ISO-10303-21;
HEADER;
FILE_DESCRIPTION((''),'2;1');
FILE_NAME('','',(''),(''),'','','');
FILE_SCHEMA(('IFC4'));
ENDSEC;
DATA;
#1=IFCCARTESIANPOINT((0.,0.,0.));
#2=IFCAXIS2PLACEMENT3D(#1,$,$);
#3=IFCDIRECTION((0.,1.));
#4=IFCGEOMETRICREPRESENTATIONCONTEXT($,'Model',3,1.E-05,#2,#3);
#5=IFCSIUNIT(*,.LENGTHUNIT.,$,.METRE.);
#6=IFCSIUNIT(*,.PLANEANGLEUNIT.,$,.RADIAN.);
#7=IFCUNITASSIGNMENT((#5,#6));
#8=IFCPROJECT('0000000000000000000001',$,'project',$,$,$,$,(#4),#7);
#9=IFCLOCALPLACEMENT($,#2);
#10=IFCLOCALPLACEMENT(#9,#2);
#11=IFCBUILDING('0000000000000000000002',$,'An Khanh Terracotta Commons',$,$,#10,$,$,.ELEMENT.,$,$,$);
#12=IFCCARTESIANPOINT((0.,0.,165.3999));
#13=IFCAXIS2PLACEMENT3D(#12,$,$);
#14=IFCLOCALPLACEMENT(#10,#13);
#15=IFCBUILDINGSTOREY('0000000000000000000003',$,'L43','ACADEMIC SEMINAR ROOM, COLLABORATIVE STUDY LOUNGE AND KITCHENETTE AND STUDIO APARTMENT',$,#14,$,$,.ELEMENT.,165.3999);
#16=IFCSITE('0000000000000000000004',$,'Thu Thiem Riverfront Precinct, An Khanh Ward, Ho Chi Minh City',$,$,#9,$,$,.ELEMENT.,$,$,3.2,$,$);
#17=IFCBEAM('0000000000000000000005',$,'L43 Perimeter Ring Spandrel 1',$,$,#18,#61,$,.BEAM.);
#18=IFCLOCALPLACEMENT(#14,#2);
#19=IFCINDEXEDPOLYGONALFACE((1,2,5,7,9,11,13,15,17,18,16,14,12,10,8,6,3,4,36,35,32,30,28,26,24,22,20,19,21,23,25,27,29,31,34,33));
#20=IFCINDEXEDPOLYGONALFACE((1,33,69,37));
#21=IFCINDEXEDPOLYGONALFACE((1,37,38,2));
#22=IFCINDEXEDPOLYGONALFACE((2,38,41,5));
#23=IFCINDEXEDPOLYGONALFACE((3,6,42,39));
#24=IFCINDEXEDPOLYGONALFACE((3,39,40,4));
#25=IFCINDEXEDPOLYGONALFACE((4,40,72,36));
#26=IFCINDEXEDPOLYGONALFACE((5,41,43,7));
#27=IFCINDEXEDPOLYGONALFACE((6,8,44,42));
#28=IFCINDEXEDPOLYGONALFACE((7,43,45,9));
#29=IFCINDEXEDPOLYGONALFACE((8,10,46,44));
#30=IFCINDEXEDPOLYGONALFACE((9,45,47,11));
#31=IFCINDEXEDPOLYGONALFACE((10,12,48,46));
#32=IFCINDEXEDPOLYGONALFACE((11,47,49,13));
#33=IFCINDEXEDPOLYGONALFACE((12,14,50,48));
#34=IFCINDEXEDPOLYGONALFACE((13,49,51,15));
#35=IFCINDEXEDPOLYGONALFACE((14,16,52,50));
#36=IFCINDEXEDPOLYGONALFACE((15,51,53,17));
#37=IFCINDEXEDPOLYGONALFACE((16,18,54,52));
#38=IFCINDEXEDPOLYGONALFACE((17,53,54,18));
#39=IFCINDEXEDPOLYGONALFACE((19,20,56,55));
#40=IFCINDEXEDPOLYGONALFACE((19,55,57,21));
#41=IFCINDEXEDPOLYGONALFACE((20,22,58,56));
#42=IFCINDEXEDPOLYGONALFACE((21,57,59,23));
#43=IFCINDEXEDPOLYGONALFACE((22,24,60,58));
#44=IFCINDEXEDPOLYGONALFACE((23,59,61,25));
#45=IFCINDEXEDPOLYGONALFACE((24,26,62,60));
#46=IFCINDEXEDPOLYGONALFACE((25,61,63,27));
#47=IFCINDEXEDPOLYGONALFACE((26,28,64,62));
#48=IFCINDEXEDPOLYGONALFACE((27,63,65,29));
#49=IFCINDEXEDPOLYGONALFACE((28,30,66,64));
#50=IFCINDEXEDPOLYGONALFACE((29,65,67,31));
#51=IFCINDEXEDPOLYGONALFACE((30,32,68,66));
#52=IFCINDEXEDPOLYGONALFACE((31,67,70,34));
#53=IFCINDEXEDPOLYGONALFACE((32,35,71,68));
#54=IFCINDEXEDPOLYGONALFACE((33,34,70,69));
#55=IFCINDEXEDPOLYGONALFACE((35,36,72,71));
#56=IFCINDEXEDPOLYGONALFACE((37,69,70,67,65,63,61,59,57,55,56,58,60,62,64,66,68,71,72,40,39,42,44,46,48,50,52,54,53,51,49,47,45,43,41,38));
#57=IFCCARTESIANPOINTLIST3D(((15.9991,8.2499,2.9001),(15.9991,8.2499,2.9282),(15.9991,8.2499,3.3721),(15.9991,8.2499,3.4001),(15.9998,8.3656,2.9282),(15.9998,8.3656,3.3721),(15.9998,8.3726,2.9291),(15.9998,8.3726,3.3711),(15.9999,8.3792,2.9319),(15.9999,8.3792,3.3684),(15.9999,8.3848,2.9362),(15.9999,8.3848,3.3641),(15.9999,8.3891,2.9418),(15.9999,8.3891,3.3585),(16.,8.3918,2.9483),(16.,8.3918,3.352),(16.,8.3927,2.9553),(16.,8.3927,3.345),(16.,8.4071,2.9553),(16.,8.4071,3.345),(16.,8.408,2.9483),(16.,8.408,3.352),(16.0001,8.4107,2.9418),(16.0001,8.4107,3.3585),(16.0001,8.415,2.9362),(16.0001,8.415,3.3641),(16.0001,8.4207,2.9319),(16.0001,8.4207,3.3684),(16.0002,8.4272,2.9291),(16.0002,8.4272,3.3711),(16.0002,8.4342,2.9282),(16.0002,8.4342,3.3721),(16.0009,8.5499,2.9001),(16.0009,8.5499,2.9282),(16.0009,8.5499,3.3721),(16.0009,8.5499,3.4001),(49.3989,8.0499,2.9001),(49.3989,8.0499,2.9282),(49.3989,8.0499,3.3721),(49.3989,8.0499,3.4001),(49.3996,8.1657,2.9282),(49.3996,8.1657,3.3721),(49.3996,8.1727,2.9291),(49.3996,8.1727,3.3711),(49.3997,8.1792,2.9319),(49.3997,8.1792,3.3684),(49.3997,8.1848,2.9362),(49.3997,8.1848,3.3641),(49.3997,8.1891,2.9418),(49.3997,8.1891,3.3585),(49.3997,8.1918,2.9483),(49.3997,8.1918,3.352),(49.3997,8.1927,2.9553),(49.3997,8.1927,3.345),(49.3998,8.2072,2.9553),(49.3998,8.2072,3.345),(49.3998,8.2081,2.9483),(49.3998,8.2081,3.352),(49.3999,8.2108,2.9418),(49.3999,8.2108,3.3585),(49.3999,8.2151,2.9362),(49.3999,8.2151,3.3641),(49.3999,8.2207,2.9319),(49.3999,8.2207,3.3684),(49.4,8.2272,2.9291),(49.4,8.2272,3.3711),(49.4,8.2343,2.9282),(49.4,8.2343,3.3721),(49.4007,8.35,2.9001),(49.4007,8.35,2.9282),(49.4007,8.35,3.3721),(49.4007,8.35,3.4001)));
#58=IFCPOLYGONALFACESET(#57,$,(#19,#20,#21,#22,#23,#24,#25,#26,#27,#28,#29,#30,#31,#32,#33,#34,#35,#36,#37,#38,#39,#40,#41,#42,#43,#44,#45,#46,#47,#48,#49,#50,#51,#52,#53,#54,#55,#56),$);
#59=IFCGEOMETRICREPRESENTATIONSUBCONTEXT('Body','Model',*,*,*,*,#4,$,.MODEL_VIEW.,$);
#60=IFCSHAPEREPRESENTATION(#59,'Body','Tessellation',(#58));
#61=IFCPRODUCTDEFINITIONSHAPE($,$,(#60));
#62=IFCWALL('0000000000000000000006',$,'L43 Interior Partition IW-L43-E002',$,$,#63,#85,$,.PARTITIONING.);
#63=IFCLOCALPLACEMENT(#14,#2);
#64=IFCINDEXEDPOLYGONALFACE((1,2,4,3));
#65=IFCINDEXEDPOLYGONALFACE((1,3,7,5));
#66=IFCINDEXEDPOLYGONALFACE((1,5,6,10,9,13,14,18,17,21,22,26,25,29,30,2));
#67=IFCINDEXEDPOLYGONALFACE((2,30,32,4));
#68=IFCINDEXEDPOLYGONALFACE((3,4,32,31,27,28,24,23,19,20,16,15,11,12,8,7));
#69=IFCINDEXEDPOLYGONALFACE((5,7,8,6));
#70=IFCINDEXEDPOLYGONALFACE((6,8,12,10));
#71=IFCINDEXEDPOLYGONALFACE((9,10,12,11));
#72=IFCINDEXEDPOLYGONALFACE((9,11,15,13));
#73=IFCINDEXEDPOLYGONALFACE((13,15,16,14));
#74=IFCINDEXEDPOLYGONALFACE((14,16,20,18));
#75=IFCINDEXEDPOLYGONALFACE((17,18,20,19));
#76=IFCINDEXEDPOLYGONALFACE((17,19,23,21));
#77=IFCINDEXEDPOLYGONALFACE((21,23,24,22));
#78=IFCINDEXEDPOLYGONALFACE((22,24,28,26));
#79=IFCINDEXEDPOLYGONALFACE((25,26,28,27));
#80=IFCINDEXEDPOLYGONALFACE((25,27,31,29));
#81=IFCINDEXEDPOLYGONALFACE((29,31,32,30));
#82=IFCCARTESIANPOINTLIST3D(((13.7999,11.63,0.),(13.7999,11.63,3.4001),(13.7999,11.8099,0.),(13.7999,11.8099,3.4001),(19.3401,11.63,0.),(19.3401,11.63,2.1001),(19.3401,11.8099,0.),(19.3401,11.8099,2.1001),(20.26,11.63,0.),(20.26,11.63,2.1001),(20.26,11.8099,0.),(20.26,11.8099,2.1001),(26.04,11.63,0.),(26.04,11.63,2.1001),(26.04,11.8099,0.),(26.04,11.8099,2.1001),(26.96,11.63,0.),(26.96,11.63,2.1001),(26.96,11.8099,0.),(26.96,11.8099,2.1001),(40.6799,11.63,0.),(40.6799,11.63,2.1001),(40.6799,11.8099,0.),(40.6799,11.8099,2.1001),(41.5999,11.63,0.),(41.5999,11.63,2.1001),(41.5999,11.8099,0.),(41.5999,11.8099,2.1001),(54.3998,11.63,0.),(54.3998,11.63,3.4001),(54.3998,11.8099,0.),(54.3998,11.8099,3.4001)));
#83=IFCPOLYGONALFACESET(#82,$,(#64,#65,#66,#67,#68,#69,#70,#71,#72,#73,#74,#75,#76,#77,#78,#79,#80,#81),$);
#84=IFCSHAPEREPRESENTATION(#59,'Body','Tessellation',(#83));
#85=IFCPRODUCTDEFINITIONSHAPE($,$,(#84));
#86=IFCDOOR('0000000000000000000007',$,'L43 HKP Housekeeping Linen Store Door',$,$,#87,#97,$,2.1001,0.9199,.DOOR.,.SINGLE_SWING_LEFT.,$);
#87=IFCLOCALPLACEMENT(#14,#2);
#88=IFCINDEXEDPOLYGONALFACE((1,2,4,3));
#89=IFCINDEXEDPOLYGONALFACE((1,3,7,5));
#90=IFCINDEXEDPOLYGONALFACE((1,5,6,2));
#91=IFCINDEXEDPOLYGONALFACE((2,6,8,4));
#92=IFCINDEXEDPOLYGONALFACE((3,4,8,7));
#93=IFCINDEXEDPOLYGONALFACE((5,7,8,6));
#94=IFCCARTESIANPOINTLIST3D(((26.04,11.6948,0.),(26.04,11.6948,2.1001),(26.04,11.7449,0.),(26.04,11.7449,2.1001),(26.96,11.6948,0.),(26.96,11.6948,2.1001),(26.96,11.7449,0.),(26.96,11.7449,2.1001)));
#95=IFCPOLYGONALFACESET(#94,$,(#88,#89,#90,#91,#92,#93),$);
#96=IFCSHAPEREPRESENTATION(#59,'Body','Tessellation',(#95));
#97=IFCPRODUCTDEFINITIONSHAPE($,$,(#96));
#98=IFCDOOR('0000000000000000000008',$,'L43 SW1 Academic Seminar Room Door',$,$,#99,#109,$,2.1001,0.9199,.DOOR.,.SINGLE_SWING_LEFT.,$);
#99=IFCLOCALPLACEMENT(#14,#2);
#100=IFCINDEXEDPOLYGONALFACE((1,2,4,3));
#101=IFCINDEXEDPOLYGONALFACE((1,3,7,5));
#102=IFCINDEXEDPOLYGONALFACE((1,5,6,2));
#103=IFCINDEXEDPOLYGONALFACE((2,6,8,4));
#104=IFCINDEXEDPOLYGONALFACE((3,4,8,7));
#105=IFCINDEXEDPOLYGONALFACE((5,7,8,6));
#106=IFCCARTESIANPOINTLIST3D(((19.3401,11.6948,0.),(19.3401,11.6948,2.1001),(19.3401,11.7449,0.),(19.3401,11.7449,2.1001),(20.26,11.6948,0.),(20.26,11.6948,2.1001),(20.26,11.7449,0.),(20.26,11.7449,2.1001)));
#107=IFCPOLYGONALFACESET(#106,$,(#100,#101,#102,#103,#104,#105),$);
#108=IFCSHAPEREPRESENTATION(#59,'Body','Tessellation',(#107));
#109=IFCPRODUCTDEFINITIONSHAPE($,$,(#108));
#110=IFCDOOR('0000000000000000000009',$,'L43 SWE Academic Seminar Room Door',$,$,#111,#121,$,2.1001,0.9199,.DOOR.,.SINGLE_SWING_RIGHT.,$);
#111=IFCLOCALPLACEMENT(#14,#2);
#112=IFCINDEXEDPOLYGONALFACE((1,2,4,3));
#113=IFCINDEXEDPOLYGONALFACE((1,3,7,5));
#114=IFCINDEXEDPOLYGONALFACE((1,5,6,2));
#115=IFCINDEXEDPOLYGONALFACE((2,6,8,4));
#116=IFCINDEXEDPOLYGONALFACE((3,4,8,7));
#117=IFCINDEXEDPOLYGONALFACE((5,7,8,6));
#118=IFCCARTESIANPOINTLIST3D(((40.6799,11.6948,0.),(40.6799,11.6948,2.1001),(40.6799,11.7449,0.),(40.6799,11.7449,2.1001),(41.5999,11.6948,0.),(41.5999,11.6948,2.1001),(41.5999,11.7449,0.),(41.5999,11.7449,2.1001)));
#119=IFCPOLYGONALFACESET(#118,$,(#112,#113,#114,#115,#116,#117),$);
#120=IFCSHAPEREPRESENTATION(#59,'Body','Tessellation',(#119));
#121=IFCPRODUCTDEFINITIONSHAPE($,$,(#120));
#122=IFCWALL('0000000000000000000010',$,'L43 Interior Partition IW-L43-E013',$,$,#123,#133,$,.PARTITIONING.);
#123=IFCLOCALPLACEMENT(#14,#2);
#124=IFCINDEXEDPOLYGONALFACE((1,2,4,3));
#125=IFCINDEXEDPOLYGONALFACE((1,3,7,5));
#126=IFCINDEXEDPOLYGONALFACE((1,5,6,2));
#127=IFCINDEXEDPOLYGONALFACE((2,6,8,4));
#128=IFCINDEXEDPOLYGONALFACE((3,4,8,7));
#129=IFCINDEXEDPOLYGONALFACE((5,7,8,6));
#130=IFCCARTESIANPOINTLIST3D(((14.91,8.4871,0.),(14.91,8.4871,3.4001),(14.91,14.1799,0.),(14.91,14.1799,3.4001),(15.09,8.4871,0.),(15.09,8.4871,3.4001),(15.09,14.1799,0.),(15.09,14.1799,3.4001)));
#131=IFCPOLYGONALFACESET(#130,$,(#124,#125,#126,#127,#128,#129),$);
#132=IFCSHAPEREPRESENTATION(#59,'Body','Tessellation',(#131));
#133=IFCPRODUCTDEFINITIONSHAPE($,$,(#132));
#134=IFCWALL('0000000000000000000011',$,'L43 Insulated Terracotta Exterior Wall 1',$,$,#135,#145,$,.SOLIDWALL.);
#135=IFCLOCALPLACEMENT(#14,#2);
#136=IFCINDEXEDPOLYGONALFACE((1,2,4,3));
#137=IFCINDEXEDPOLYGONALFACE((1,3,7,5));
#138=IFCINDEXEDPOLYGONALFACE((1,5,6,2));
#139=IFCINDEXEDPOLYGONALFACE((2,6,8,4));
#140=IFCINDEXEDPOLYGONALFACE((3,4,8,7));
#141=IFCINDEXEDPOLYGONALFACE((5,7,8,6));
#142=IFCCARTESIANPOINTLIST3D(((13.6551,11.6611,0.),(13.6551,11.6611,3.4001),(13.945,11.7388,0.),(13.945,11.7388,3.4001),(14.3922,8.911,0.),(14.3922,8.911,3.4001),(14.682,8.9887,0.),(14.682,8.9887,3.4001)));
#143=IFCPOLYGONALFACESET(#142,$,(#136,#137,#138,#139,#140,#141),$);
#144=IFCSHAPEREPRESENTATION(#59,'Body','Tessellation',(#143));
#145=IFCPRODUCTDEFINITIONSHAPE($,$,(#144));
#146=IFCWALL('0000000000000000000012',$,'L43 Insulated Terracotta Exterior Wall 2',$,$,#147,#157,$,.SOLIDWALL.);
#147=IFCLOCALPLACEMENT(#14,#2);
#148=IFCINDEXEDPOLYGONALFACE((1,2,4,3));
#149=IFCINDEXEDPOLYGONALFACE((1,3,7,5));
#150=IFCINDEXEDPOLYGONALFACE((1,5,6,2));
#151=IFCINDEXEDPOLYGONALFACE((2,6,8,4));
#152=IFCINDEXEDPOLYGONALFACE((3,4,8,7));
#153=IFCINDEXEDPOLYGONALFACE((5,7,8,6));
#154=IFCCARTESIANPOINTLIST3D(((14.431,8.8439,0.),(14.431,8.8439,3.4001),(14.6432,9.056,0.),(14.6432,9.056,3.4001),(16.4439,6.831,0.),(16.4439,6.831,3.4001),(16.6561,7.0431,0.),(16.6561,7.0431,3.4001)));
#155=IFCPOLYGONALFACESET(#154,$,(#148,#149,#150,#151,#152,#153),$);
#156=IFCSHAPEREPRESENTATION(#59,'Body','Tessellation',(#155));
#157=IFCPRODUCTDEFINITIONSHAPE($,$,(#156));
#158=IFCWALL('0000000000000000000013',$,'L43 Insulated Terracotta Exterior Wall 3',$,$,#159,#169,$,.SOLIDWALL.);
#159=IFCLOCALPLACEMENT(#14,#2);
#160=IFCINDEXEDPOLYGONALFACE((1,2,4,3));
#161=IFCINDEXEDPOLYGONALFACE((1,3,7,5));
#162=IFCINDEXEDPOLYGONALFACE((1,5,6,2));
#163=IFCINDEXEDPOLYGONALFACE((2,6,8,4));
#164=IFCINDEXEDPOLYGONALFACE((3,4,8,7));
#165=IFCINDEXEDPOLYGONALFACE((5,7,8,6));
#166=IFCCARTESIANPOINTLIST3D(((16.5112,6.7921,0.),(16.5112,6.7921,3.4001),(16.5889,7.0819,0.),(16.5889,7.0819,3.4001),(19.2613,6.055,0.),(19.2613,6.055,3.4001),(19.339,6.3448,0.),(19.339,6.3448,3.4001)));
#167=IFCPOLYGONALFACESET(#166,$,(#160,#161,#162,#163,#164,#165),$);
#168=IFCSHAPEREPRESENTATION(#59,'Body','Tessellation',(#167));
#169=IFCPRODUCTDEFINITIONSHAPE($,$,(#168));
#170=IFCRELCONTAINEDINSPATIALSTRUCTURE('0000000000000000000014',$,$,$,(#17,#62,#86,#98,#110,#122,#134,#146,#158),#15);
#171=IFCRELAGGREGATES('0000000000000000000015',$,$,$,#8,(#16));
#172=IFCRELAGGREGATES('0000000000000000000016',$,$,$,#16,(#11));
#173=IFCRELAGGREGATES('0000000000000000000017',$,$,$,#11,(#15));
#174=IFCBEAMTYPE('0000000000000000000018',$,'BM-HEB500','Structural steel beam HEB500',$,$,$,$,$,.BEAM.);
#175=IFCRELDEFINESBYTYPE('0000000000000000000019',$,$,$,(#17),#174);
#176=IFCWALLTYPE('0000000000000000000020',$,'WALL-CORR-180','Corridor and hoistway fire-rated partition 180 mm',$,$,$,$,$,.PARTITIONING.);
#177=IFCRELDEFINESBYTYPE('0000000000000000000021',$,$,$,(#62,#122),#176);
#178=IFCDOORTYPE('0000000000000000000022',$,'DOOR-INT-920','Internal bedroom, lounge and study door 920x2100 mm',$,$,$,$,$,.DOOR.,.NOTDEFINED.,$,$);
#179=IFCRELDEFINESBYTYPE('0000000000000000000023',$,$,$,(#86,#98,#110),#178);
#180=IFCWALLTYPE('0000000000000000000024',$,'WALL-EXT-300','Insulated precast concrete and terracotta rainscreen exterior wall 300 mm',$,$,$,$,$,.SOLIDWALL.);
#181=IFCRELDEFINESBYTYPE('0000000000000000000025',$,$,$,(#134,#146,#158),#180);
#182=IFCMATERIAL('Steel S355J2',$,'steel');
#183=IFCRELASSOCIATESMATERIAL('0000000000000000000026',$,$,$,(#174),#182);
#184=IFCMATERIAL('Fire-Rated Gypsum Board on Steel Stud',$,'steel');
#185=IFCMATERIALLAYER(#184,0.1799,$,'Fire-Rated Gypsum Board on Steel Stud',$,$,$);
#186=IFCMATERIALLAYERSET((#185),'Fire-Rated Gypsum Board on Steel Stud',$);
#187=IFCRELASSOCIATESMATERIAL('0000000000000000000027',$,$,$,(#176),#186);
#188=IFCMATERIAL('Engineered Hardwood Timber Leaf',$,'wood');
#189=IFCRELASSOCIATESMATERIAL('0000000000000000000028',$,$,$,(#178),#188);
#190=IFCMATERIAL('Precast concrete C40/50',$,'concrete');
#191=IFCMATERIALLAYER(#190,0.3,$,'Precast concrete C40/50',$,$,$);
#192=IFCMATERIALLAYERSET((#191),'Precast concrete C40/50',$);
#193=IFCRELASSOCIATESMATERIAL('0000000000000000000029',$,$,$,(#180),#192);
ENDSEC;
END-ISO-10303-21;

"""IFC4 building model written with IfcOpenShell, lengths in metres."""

from ifc_helpers import new_model, si_unit, direction, frame, frame_2d, origin, origin_2d, place, context, subcontext, project, spatial, rectangle, i_section, extrude, material, layer, layer_set, material_profile, profile_set, type_object, element, fill, save


model = new_model("IFC4")

# Units and contexts
model_context = context("Model", 3, precision=1e-05, world=origin(), true_north=direction((0.0, 1.0)))
body_context = subcontext(model_context, "Body", "Model", "MODEL_VIEW")
ifc_project = project(units=[si_unit("LENGTHUNIT", "METRE"), si_unit("PLANEANGLEUNIT", "RADIAN")], contexts=[model_context])

# Site, building, storey
site_placement = place(None, origin())
site = spatial("IfcSite", under=ifc_project, at=site_placement, Name="Thu Thiem Riverfront Precinct, An Khanh Ward, Ho Chi Minh City", CompositionType="ELEMENT", RefElevation=3.2)
building_placement = place(site_placement, origin())
building = spatial("IfcBuilding", under=site, at=building_placement, Name="An Khanh Terracotta Commons", CompositionType="ELEMENT")
storey_placement = place(building_placement, frame((0.0, 0.0, 165.3999)))
storey = spatial("IfcBuildingStorey", under=building, at=storey_placement, Name="L43", Description="ACADEMIC SEMINAR ROOM, COLLABORATIVE STUDY LOUNGE AND KITCHENETTE AND STUDIO APARTMENT", CompositionType="ELEMENT", Elevation=165.3999)

# Beam
ifc_material_1 = material(Name="Steel S355J2", Category="steel")
ifc_material_profile_1 = material_profile(ifc_material_1, i_section(OverallWidth=0.3, OverallDepth=0.5, WebThickness=0.0144, FlangeThickness=0.0281, FilletRadius=0.0271, at=origin_2d()), Name="HEB500")
ifc_profile_set_1 = profile_set([ifc_material_profile_1], Name="Steel S355J2")
beam_type_1 = type_object("IfcBeamType", Name="BM-HEB500", Description="Structural steel beam HEB500", PredefinedType="BEAM", material=ifc_profile_set_1)
beam_1_placement = place(storey_placement, frame((16.0, 8.3999, 3.1501), z_axis=(0.999982, -0.005986, 0.0), x_axis=(0.005986, 0.999982, 0.0)))
element("IfcBeam", 1, at=beam_1_placement, inside=storey, type_object=beam_type_1, Name="L43 Perimeter Ring Spandrel 1", PredefinedType="BEAM", context=body_context, shape_type="SweptSolid", body=[
    extrude(i_section(OverallWidth=0.3, OverallDepth=0.5, WebThickness=0.0144, FlangeThickness=0.0281, FilletRadius=0.0271, at=origin_2d()), origin(), (0.0, 0.0, 1.0), 33.4004),
])

# Wall, openings, doors
ifc_material_2 = material(Name="Fire-Rated Gypsum Board on Steel Stud", Category="steel")
ifc_layer_1 = layer(ifc_material_2, 0.1799, Name="Fire-Rated Gypsum Board on Steel Stud")
ifc_layer_set_1 = layer_set([ifc_layer_1], Name="Fire-Rated Gypsum Board on Steel Stud")
wall_type_1 = type_object("IfcWallType", Name="WALL-CORR-180", Description="Corridor and hoistway fire-rated partition 180 mm", PredefinedType="PARTITIONING", material=ifc_layer_set_1)
wall_1_placement = place(storey_placement, frame((13.8, 11.72, 0.0), z_axis=(0.0, 0.0, 1.0), x_axis=(1.0, 0.0, 0.0)))
wall_1 = element("IfcWall", 2, at=wall_1_placement, inside=storey, type_object=wall_type_1, Name="L43 Interior Partition IW-L43-E002", PredefinedType="PARTITIONING", context=body_context, shape_type="SweptSolid", body=[
    extrude(rectangle(XDim=40.5999, YDim=0.1799, at=frame_2d((20.2998, 0.0))), origin(), (0.0, 0.0, 1.0), 3.4001),
])
opening_1_placement = place(wall_1_placement, frame((12.24, 0.0, 0.0)))
opening_1 = element("IfcOpeningElement", 3, at=opening_1_placement, cuts=wall_1, PredefinedType="OPENING", context=body_context, shape_type="SweptSolid", body=[
    extrude(rectangle(XDim=0.9199, YDim=2.1001, at=frame_2d((0.46, 1.05))), frame((0.0, 0.0999, 0.0), z_axis=(0.0, -1.0, 0.0), x_axis=(1.0, 0.0, 0.0)), (0.0, 0.0, 1.0), 0.2),
])
opening_2_placement = place(wall_1_placement, frame((5.54, 0.0, 0.0)))
opening_2 = element("IfcOpeningElement", 4, at=opening_2_placement, cuts=wall_1, PredefinedType="OPENING", context=body_context, shape_type="SweptSolid", body=[
    extrude(rectangle(XDim=0.9199, YDim=2.1001, at=frame_2d((0.46, 1.05))), frame((0.0, 0.0999, 0.0), z_axis=(0.0, -1.0, 0.0), x_axis=(1.0, 0.0, 0.0)), (0.0, 0.0, 1.0), 0.2),
])
opening_3_placement = place(wall_1_placement, frame((26.8799, 0.0, 0.0)))
opening_3 = element("IfcOpeningElement", 5, at=opening_3_placement, cuts=wall_1, PredefinedType="OPENING", context=body_context, shape_type="SweptSolid", body=[
    extrude(rectangle(XDim=0.9199, YDim=2.1001, at=frame_2d((0.46, 1.05))), frame((0.0, 0.0999, 0.0), z_axis=(0.0, -1.0, 0.0), x_axis=(1.0, 0.0, 0.0)), (0.0, 0.0, 1.0), 0.2),
])
ifc_material_3 = material(Name="Engineered Hardwood Timber Leaf", Category="wood")
door_type_1 = type_object("IfcDoorType", Name="DOOR-INT-920", Description="Internal bedroom, lounge and study door 920x2100 mm", OperationType="NOTDEFINED", PredefinedType="DOOR", material=ifc_material_3)
door_1_placement = place(opening_1_placement, origin())
door_1 = element("IfcDoor", 6, at=door_1_placement, inside=storey, type_object=door_type_1, Name="L43 HKP Housekeeping Linen Store Door", OperationType="SINGLE_SWING_LEFT", OverallHeight=2.1001, OverallWidth=0.9199, PredefinedType="DOOR", context=body_context, shape_type="SweptSolid", body=[
    extrude(rectangle(XDim=0.9199, YDim=2.1001, at=frame_2d((0.46, 1.05))), frame((0.0, 0.0249, 0.0), z_axis=(0.0, -1.0, 0.0), x_axis=(1.0, 0.0, 0.0)), (0.0, 0.0, 1.0), 0.05),
])
fill(opening_1, door_1)
door_2_placement = place(opening_2_placement, origin())
door_2 = element("IfcDoor", 7, at=door_2_placement, inside=storey, type_object=door_type_1, Name="L43 SW1 Academic Seminar Room Door", OperationType="SINGLE_SWING_LEFT", OverallHeight=2.1001, OverallWidth=0.9199, PredefinedType="DOOR", context=body_context, shape_type="SweptSolid", body=[
    extrude(rectangle(XDim=0.9199, YDim=2.1001, at=frame_2d((0.46, 1.05))), frame((0.0, 0.0249, 0.0), z_axis=(0.0, -1.0, 0.0), x_axis=(1.0, 0.0, 0.0)), (0.0, 0.0, 1.0), 0.05),
])
fill(opening_2, door_2)
door_3_placement = place(opening_3_placement, origin())
door_3 = element("IfcDoor", 8, at=door_3_placement, inside=storey, type_object=door_type_1, Name="L43 SWE Academic Seminar Room Door", OperationType="SINGLE_SWING_RIGHT", OverallHeight=2.1001, OverallWidth=0.9199, PredefinedType="DOOR", context=body_context, shape_type="SweptSolid", body=[
    extrude(rectangle(XDim=0.9199, YDim=2.1001, at=frame_2d((0.46, 1.05))), frame((0.0, 0.0249, 0.0), z_axis=(0.0, -1.0, 0.0), x_axis=(1.0, 0.0, 0.0)), (0.0, 0.0, 1.0), 0.05),
])
fill(opening_3, door_3)

# Walls
wall_2_placement = place(storey_placement, frame((15.0, 8.4871, 0.0), z_axis=(0.0, 0.0, 1.0), x_axis=(0.0, 1.0, 0.0)))
element("IfcWall", 9, at=wall_2_placement, inside=storey, type_object=wall_type_1, Name="L43 Interior Partition IW-L43-E013", PredefinedType="PARTITIONING", context=body_context, shape_type="SweptSolid", body=[
    extrude(rectangle(XDim=5.6929, YDim=0.1799, at=frame_2d((2.8464, 0.0))), origin(), (0.0, 0.0, 1.0), 3.4001),
])
ifc_material_4 = material(Name="Precast concrete C40/50", Category="concrete")
ifc_layer_2 = layer(ifc_material_4, 0.3, Name="Precast concrete C40/50")
ifc_layer_set_2 = layer_set([ifc_layer_2], Name="Precast concrete C40/50")
wall_type_2 = type_object("IfcWallType", Name="WALL-EXT-300", Description="Insulated precast concrete and terracotta rainscreen exterior wall 300 mm", PredefinedType="SOLIDWALL", material=ifc_layer_set_2)
wall_3_placement = place(storey_placement, frame((13.8, 11.7, 0.0), z_axis=(0.0, 0.0, 1.0), x_axis=(0.258885, -0.965908, 0.0)))
element("IfcWall", 10, at=wall_3_placement, inside=storey, type_object=wall_type_2, Name="L43 Insulated Terracotta Exterior Wall 1", PredefinedType="SOLIDWALL", context=body_context, shape_type="SweptSolid", body=[
    extrude(rectangle(XDim=2.8472, YDim=0.3, at=frame_2d((1.4236, 0.0))), origin(), (0.0, 0.0, 1.0), 3.4001),
])
wall_4_placement = place(storey_placement, frame((14.5371, 8.95, 0.0), z_axis=(0.0, 0.0, 1.0), x_axis=(0.707107, -0.707107, 0.0)))
element("IfcWall", 11, at=wall_4_placement, inside=storey, type_object=wall_type_2, Name="L43 Insulated Terracotta Exterior Wall 2", PredefinedType="SOLIDWALL", context=body_context, shape_type="SweptSolid", body=[
    extrude(rectangle(XDim=2.8467, YDim=0.3, at=frame_2d((1.4233, 0.0))), origin(), (0.0, 0.0, 1.0), 3.4001),
])
wall_5_placement = place(storey_placement, frame((16.55, 6.937, 0.0), z_axis=(0.0, 0.0, 1.0), x_axis=(0.965908, -0.258885, 0.0)))
element("IfcWall", 12, at=wall_5_placement, inside=storey, type_object=wall_type_2, Name="L43 Insulated Terracotta Exterior Wall 3", PredefinedType="SOLIDWALL", context=body_context, shape_type="SweptSolid", body=[
    extrude(rectangle(XDim=2.8472, YDim=0.3, at=frame_2d((1.4236, 0.0))), origin(), (0.0, 0.0, 1.0), 3.4001),
])

save(model, "model.ifc")
